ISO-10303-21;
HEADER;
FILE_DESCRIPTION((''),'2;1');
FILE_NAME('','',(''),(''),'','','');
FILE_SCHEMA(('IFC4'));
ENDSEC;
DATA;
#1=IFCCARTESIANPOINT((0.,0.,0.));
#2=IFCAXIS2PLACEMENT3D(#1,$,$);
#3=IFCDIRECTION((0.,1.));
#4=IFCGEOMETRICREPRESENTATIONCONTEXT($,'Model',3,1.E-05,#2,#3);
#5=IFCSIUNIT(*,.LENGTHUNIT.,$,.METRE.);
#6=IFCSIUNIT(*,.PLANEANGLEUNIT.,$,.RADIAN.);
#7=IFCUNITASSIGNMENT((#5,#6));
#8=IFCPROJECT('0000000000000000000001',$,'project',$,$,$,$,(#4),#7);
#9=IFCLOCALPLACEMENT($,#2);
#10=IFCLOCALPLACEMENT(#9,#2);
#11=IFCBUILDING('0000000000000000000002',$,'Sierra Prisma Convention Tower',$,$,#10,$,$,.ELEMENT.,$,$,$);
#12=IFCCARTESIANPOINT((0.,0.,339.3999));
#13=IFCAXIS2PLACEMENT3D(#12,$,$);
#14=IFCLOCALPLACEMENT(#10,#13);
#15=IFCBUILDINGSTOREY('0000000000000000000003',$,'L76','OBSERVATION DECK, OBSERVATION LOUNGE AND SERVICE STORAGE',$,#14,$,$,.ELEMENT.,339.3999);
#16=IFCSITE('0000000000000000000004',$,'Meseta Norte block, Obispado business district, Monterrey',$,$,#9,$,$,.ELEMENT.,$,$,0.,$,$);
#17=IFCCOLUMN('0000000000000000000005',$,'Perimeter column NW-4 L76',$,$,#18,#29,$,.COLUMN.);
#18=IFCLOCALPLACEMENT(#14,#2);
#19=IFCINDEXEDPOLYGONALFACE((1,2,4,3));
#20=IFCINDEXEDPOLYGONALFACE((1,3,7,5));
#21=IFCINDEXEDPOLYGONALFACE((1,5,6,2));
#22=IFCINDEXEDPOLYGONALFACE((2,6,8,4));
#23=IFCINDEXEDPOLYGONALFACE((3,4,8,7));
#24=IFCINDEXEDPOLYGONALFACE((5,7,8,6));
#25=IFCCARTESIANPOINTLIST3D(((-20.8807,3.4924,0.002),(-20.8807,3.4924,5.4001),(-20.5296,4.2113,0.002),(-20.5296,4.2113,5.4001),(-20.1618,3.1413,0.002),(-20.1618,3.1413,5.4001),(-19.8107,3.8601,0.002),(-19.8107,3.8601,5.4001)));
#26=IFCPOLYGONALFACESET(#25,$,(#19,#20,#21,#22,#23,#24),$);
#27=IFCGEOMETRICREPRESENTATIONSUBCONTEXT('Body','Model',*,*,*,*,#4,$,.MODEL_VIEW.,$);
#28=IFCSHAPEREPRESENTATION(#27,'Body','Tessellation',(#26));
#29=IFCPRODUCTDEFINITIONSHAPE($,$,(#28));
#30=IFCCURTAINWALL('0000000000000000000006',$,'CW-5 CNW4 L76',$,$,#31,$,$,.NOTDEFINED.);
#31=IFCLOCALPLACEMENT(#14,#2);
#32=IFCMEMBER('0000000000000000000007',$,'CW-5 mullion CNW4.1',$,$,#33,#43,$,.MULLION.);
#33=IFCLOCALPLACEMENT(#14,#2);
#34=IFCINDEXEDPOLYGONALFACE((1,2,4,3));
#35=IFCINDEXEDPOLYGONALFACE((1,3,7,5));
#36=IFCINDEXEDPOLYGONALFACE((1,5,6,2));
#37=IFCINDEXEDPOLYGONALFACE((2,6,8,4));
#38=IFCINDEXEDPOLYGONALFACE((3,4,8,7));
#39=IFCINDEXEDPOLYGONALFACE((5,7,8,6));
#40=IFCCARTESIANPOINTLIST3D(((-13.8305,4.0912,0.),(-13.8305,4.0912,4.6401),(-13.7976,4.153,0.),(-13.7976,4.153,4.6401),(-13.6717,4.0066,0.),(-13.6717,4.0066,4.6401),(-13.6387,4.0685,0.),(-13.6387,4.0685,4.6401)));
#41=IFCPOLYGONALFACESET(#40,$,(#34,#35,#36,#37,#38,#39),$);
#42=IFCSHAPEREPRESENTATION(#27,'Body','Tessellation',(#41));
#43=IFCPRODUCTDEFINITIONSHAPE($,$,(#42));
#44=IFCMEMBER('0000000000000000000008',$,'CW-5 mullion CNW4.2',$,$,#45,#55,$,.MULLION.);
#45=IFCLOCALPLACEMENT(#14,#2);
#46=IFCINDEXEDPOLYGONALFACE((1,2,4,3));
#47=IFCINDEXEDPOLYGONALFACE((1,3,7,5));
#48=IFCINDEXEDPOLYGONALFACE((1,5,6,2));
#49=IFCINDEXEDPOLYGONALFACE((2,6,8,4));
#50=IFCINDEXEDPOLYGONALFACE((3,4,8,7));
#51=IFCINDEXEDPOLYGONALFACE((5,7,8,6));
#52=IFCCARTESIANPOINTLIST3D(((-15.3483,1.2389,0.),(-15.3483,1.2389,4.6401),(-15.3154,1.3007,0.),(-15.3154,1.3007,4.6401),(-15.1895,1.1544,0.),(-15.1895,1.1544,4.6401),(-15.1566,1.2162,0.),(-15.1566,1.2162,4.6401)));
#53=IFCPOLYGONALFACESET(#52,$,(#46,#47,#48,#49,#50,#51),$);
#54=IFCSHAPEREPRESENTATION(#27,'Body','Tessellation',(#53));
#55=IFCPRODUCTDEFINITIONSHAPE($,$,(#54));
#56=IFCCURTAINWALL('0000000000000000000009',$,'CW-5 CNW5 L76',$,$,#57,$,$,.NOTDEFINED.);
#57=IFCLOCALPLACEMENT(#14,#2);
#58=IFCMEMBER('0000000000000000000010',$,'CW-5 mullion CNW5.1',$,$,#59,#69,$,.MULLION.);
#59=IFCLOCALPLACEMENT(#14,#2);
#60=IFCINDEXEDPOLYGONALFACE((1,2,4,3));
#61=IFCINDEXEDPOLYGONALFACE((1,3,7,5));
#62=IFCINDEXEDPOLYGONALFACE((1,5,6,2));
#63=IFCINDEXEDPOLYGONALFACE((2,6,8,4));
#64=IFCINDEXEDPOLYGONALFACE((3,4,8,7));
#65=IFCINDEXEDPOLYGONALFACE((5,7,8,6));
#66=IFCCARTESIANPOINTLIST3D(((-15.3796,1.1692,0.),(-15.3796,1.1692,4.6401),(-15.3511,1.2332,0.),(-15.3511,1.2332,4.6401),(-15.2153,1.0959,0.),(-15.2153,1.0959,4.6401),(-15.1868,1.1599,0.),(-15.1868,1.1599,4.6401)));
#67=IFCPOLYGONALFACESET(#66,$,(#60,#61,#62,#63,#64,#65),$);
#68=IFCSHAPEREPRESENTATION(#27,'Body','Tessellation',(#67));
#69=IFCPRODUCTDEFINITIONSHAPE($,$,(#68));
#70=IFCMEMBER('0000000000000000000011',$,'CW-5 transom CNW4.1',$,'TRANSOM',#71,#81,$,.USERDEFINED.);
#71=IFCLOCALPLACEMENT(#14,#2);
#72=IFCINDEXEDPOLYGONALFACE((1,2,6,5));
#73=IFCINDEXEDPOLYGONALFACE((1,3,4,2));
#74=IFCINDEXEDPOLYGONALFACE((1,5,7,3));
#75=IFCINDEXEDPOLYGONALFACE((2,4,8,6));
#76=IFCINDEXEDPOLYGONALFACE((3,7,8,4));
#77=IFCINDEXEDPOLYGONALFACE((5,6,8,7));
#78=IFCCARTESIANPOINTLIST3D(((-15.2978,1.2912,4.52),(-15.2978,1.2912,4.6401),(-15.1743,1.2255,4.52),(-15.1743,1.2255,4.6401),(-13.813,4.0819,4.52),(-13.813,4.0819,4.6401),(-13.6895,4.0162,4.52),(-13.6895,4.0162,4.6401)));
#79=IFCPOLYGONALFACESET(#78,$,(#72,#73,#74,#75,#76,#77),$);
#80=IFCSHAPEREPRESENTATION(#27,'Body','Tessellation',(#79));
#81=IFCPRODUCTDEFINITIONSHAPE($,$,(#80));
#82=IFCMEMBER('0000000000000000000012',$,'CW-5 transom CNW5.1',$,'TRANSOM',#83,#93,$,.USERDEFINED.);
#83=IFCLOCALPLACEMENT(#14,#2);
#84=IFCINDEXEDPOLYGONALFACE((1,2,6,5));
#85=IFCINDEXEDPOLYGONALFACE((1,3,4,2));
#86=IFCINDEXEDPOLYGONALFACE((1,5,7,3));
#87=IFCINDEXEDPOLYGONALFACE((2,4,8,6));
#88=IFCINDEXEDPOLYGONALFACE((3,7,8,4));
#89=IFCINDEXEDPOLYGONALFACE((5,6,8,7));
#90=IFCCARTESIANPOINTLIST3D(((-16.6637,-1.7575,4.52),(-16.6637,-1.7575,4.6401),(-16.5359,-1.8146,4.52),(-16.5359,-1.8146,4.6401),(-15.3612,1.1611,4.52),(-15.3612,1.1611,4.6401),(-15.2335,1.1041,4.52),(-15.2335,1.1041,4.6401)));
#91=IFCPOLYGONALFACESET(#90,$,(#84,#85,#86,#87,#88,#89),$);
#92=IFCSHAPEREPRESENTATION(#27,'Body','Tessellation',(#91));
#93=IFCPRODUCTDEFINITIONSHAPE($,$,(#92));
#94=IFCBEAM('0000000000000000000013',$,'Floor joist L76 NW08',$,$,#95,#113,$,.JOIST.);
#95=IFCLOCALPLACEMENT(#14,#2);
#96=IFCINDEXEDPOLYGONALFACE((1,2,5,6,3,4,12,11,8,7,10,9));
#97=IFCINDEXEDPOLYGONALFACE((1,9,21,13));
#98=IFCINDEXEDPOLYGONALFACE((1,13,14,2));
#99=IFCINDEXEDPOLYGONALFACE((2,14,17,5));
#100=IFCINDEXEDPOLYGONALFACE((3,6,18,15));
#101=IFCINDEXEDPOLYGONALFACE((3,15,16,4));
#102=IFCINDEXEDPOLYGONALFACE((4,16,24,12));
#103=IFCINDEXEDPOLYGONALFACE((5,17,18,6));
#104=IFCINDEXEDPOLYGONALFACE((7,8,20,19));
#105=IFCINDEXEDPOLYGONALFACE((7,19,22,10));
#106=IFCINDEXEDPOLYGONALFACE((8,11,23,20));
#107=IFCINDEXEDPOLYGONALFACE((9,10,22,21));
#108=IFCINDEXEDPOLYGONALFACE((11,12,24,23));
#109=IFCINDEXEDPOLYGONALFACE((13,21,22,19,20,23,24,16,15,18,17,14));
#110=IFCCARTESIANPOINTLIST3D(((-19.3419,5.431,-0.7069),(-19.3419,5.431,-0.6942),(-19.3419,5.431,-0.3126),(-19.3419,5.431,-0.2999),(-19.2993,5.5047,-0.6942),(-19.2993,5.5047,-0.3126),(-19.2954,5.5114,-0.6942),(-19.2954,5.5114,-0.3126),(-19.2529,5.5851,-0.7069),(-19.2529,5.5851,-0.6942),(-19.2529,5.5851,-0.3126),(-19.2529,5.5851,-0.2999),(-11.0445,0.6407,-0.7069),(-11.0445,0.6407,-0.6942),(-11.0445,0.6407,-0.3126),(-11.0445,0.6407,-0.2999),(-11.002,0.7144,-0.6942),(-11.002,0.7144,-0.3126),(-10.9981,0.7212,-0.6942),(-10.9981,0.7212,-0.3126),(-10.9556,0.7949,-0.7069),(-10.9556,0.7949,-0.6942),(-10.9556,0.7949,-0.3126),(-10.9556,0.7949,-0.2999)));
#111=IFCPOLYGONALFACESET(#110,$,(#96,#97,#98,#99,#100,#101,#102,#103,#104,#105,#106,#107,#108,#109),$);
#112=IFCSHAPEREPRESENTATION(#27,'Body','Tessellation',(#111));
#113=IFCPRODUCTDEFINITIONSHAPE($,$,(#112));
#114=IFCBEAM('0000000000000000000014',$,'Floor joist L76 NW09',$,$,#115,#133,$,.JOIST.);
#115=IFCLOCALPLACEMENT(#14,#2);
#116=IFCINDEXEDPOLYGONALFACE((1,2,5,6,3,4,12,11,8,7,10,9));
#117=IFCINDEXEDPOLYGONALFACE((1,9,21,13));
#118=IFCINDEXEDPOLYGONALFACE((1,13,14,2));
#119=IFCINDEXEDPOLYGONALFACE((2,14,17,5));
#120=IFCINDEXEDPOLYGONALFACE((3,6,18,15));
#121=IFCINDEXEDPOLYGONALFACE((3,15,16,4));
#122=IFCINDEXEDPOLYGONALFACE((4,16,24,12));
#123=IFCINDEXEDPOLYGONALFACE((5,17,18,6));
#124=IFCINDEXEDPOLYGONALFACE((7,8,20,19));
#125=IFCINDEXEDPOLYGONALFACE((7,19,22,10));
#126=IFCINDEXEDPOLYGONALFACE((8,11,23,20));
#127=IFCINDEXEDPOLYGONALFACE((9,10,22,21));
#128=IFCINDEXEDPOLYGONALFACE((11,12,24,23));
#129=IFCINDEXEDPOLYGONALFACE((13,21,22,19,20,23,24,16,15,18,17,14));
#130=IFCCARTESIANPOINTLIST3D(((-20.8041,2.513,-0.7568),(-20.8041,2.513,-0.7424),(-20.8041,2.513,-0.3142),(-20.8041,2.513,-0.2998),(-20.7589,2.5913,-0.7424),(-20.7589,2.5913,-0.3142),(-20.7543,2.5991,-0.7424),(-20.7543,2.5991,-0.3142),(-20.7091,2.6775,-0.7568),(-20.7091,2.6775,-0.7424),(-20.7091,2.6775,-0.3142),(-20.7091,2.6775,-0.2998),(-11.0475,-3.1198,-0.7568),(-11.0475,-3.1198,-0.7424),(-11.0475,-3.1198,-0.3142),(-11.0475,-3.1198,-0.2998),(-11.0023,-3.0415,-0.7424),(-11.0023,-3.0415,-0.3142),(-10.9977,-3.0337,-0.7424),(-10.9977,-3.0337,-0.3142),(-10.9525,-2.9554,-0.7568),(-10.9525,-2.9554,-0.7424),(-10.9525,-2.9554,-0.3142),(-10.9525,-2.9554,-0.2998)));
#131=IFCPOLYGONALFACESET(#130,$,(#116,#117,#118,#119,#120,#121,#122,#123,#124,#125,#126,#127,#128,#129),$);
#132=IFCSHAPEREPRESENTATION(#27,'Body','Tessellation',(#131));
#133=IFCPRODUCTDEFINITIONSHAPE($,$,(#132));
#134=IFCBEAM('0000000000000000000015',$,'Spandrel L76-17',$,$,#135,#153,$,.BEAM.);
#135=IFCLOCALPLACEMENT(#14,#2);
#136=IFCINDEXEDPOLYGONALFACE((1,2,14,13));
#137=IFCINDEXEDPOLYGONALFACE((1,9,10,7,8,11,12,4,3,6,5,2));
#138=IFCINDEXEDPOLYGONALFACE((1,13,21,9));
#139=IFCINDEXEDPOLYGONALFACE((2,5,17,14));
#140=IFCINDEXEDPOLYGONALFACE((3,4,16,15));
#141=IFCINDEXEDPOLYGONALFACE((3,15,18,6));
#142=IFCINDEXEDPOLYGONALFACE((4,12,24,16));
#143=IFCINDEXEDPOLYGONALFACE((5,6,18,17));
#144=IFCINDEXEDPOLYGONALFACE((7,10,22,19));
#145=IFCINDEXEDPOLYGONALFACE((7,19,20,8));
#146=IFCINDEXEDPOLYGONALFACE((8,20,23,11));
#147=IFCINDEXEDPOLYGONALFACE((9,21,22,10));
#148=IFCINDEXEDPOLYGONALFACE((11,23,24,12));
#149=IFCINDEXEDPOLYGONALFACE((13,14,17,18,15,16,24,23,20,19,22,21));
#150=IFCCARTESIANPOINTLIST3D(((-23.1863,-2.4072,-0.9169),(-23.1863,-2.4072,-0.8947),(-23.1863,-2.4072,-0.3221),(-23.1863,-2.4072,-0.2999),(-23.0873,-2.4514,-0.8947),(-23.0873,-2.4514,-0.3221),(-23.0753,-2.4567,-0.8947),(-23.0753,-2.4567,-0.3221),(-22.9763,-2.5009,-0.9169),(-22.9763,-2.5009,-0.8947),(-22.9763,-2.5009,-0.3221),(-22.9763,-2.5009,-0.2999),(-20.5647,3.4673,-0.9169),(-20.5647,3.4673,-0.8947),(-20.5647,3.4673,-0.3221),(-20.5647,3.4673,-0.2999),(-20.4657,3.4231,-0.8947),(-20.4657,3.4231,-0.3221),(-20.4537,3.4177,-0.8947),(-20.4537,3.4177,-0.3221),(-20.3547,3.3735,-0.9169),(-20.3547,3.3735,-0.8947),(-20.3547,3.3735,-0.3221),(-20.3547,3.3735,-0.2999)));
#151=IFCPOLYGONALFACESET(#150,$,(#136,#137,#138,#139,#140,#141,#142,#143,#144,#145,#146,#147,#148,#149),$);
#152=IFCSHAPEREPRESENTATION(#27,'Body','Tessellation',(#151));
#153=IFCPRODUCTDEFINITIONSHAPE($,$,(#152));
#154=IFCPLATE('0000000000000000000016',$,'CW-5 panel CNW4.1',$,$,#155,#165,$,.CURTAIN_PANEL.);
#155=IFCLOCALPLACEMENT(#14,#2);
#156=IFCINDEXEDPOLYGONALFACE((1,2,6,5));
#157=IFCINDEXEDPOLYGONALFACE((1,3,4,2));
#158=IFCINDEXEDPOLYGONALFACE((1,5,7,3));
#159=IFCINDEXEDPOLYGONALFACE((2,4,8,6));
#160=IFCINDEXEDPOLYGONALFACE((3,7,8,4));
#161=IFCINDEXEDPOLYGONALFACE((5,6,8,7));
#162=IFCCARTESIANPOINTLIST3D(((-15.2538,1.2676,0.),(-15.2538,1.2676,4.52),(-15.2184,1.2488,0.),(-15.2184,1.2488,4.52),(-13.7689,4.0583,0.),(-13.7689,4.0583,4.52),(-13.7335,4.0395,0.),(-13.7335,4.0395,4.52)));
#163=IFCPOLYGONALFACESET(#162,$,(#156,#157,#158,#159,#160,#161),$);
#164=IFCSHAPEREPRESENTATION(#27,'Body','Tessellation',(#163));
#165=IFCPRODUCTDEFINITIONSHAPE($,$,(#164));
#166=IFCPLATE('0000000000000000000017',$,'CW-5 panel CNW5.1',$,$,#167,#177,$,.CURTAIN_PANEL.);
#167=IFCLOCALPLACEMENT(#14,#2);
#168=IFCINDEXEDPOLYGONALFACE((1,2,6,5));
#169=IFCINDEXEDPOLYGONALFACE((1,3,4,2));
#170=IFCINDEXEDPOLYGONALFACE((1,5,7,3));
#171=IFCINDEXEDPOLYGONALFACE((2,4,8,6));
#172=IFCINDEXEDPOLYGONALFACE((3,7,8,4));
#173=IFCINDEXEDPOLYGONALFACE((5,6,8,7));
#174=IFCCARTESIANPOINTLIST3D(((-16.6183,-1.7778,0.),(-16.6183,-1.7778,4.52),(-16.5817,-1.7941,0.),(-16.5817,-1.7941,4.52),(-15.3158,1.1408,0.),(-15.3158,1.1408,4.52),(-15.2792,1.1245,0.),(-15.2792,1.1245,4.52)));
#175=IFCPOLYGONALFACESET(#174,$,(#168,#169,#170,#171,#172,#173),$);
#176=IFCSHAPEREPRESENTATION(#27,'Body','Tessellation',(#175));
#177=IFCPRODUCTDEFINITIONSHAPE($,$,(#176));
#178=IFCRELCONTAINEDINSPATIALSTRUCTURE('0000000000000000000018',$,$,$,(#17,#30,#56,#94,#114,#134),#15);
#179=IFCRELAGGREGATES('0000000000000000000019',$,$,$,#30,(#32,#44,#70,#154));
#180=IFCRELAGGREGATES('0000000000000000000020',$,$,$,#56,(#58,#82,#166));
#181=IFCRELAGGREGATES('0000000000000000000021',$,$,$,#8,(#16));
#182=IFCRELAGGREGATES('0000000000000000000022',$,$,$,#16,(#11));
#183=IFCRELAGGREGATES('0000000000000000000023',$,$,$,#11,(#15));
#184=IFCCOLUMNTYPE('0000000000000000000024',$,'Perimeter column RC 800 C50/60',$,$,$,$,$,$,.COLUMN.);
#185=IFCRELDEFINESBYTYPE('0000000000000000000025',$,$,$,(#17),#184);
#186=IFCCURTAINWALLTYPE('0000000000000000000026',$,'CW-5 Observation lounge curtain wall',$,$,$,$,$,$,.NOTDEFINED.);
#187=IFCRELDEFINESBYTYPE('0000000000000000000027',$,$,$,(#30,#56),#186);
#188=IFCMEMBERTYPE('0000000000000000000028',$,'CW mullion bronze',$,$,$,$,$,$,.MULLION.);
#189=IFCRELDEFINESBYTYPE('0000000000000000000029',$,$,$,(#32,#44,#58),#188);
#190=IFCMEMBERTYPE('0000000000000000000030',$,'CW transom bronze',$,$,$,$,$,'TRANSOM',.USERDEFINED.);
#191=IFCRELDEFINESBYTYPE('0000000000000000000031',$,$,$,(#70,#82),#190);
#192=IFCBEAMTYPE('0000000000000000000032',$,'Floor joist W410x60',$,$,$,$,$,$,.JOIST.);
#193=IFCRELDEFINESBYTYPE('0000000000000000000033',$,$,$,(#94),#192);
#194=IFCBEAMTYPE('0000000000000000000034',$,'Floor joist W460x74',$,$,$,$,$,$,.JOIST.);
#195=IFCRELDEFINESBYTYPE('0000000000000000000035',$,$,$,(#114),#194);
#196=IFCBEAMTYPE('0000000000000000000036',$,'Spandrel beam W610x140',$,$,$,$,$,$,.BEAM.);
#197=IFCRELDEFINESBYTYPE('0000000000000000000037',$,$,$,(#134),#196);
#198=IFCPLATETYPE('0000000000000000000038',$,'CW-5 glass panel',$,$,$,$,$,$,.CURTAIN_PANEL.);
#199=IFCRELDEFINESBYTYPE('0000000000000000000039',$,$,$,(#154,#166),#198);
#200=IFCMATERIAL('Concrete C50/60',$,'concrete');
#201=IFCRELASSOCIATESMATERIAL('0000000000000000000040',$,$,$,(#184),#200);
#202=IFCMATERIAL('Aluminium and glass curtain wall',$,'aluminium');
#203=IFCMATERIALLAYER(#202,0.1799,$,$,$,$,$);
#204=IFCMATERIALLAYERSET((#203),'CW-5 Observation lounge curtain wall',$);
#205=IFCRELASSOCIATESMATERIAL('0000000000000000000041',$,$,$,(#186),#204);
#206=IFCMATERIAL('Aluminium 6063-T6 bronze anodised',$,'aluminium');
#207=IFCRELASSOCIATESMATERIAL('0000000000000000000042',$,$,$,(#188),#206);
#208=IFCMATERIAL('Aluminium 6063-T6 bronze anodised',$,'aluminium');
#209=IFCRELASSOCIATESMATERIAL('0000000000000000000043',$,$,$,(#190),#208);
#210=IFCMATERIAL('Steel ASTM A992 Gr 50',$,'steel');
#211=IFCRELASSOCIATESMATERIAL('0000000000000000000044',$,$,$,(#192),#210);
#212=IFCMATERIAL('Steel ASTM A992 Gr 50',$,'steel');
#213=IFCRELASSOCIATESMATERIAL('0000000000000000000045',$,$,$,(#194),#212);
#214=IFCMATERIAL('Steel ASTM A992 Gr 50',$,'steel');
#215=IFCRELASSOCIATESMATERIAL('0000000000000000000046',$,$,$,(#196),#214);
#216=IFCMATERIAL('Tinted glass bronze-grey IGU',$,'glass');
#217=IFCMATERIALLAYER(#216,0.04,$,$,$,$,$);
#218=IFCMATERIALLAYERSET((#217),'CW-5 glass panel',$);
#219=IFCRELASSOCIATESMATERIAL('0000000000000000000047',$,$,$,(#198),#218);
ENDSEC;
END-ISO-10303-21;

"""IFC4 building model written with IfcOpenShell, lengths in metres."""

from ifc_helpers import new_model, si_unit, direction, frame, origin, origin_2d, place, context, subcontext, project, spatial, rectangle, i_section, extrude, clip, halfspace, material, layer, layer_set, material_profile, profile_set, type_object, element, aggregate, save


model = new_model("IFC4")

# Units and contexts
model_context = context("Model", 3, precision=1e-05, world=origin(), true_north=direction((0.0, 1.0)))
body_context = subcontext(model_context, "Body", "Model", "MODEL_VIEW")
ifc_project = project(units=[si_unit("LENGTHUNIT", "METRE"), si_unit("PLANEANGLEUNIT", "RADIAN")], contexts=[model_context])

# Site, building, storey
site_placement = place(None, origin())
site = spatial("IfcSite", under=ifc_project, at=site_placement, Name="Meseta Norte block, Obispado business district, Monterrey", CompositionType="ELEMENT", RefElevation=0.0)
building_placement = place(site_placement, origin())
building = spatial("IfcBuilding", under=site, at=building_placement, Name="Sierra Prisma Convention Tower", CompositionType="ELEMENT")
storey_placement = place(building_placement, frame((0.0, 0.0, 339.3999)))
storey = spatial("IfcBuildingStorey", under=building, at=storey_placement, Name="L76", Description="OBSERVATION DECK, OBSERVATION LOUNGE AND SERVICE STORAGE", CompositionType="ELEMENT", Elevation=339.3999)

# Column
ifc_material_1 = material(Name="Concrete C50/60", Category="concrete")
ifc_material_profile_1 = material_profile(ifc_material_1, rectangle(XDim=0.8, YDim=0.8, at=origin_2d()), Name="Perimeter column RC 800 C50/60")
ifc_profile_set_1 = profile_set([ifc_material_profile_1], Name="Concrete C50/60")
column_type = type_object("IfcColumnType", Name="Perimeter column RC 800 C50/60", PredefinedType="COLUMN", material=ifc_profile_set_1)
column_placement = place(storey_placement, frame((-20.3457, 3.6763, 0.0), z_axis=(0.0, 0.0, 1.0), x_axis=(0.438895, 0.898538, 0.0)))
element("IfcColumn", 1, at=column_placement, inside=storey, type_object=column_type, Name="Perimeter column NW-4 L76", PredefinedType="COLUMN", context=body_context, shape_type="SweptSolid", body=[
    clip(extrude(rectangle(XDim=0.8, YDim=0.8, at=origin_2d()), origin(), (0.0, 0.0, 1.0), 5.4001), halfspace(frame((0.0, 0.0, 0.002)), True)),
])

# Curtain wall, members
ifc_material_2 = material(Name="Aluminium and glass curtain wall", Category="aluminium")
ifc_layer_1 = layer(ifc_material_2, 0.1799)
ifc_layer_set_1 = layer_set([ifc_layer_1], Name="CW-5 Observation lounge curtain wall")
curtain_wall_type = type_object("IfcCurtainWallType", Name="CW-5 Observation lounge curtain wall", PredefinedType="NOTDEFINED", material=ifc_layer_set_1)
curtain_wall_1_placement = place(storey_placement, origin())
curtain_wall_1 = element("IfcCurtainWall", 2, at=curtain_wall_1_placement, inside=storey, type_object=curtain_wall_type, Name="CW-5 CNW4 L76", PredefinedType="NOTDEFINED")
ifc_material_3 = material(Name="Aluminium 6063-T6 bronze anodised", Category="aluminium")
ifc_material_profile_2 = material_profile(ifc_material_3, rectangle(XDim=0.1799, YDim=0.0701, at=origin_2d()), Name="ALU MULLION 70x180")
ifc_profile_set_2 = profile_set([ifc_material_profile_2], Name="Aluminium 6063-T6 bronze anodised")
member_type_1 = type_object("IfcMemberType", Name="CW mullion bronze", PredefinedType="MULLION", material=ifc_profile_set_2)
member_1_placement = place(storey_placement, frame((-13.7346, 4.0798, 0.0), z_axis=(0.0, 0.0, 1.0), x_axis=(0.882811, -0.469729, 0.0)))
member_1 = element("IfcMember", 3, at=member_1_placement, type_object=member_type_1, Name="CW-5 mullion CNW4.1", PredefinedType="MULLION", context=body_context, shape_type="SweptSolid", body=[
    extrude(rectangle(XDim=0.1799, YDim=0.0701, at=origin_2d()), origin(), (0.0, 0.0, 1.0), 4.6401),
])
member_2_placement = place(storey_placement, frame((-15.2524, 1.2275, 0.0), z_axis=(0.0, 0.0, 1.0), x_axis=(0.882811, -0.469729, 0.0)))
member_2 = element("IfcMember", 4, at=member_2_placement, type_object=member_type_1, Name="CW-5 mullion CNW4.2", PredefinedType="MULLION", context=body_context, shape_type="SweptSolid", body=[
    extrude(rectangle(XDim=0.1799, YDim=0.0701, at=origin_2d()), origin(), (0.0, 0.0, 1.0), 4.6401),
])

# Curtain wall, member
curtain_wall_2_placement = place(storey_placement, origin())
curtain_wall_2 = element("IfcCurtainWall", 5, at=curtain_wall_2_placement, inside=storey, type_object=curtain_wall_type, Name="CW-5 CNW5 L76", PredefinedType="NOTDEFINED")
member_3_placement = place(storey_placement, frame((-15.2832, 1.1646, 0.0), z_axis=(0.0, 0.0, 1.0), x_axis=(0.91319, -0.407534, 0.0)))
member_3 = element("IfcMember", 6, at=member_3_placement, type_object=member_type_1, Name="CW-5 mullion CNW5.1", PredefinedType="MULLION", context=body_context, shape_type="SweptSolid", body=[
    extrude(rectangle(XDim=0.1799, YDim=0.0701, at=origin_2d()), origin(), (0.0, 0.0, 1.0), 4.6401),
])

# Members
ifc_material_4 = material(Name="Aluminium 6063-T6 bronze anodised", Category="aluminium")
ifc_material_profile_3 = material_profile(ifc_material_4, rectangle(XDim=0.1399, YDim=0.1201, at=origin_2d()), Name="ALU TRANSOM 120x140")
ifc_profile_set_3 = profile_set([ifc_material_profile_3], Name="Aluminium 6063-T6 bronze anodised")
member_type_2 = type_object("IfcMemberType", Name="CW transom bronze", ElementType="TRANSOM", PredefinedType="USERDEFINED", material=ifc_profile_set_3)
member_4_placement = place(storey_placement, frame((-13.7512, 4.0491, 4.5801), z_axis=(-0.469714, -0.882819, 0.0), x_axis=(0.882819, -0.469714, 0.0)))
member_4 = element("IfcMember", 7, at=member_4_placement, type_object=member_type_2, Name="CW-5 transom CNW4.1", ObjectType="TRANSOM", PredefinedType="USERDEFINED", context=body_context, shape_type="SweptSolid", body=[
    extrude(rectangle(XDim=0.1399, YDim=0.1201, at=origin_2d()), origin(), (0.0, 0.0, 1.0), 3.1611),
])
member_5_placement = place(storey_placement, frame((-15.2974, 1.1326, 4.5801), z_axis=(-0.40752, -0.913196, 0.0), x_axis=(0.913196, -0.40752, 0.0)))
member_5 = element("IfcMember", 8, at=member_5_placement, type_object=member_type_2, Name="CW-5 transom CNW5.1", ObjectType="TRANSOM", PredefinedType="USERDEFINED", context=body_context, shape_type="SweptSolid", body=[
    extrude(rectangle(XDim=0.1399, YDim=0.1201, at=origin_2d()), origin(), (0.0, 0.0, 1.0), 3.196),
])

# Beams
ifc_material_5 = material(Name="Steel ASTM A992 Gr 50", Category="steel")
ifc_material_profile_4 = material_profile(ifc_material_5, i_section(OverallWidth=0.178, OverallDepth=0.407, WebThickness=0.0078, FlangeThickness=0.0127, at=origin_2d()), Name="W410x60")
ifc_profile_set_4 = profile_set([ifc_material_profile_4], Name="Steel ASTM A992 Gr 50")
beam_type_1 = type_object("IfcBeamType", Name="Floor joist W410x60", PredefinedType="JOIST", material=ifc_profile_set_4)
beam_1_placement = place(storey_placement, frame((-19.2974, 5.5081, -0.5034), z_axis=(0.866035, -0.499984, 0.0), x_axis=(0.499984, 0.866035, 0.0)))
element("IfcBeam", 9, at=beam_1_placement, inside=storey, type_object=beam_type_1, Name="Floor joist L76 NW08", PredefinedType="JOIST", context=body_context, shape_type="SweptSolid", body=[
    extrude(i_section(OverallWidth=0.178, OverallDepth=0.407, WebThickness=0.0078, FlangeThickness=0.0127, at=origin_2d()), origin(), (0.0, 0.0, 1.0), 9.5808),
])
ifc_material_6 = material(Name="Steel ASTM A992 Gr 50", Category="steel")
ifc_material_profile_5 = material_profile(ifc_material_6, i_section(OverallWidth=0.1899, OverallDepth=0.457, WebThickness=0.009, FlangeThickness=0.0144, at=origin_2d()), Name="W460x74")
ifc_profile_set_5 = profile_set([ifc_material_profile_5], Name="Steel ASTM A992 Gr 50")
beam_type_2 = type_object("IfcBeamType", Name="Floor joist W460x74", PredefinedType="JOIST", material=ifc_profile_set_5)
beam_2_placement = place(storey_placement, frame((-20.7566, 2.5952, -0.5283), z_axis=(0.866031, -0.499989, 0.0), x_axis=(0.499989, 0.866031, 0.0)))
element("IfcBeam", 10, at=beam_2_placement, inside=storey, type_object=beam_type_2, Name="Floor joist L76 NW09", PredefinedType="JOIST", context=body_context, shape_type="SweptSolid", body=[
    extrude(i_section(OverallWidth=0.1899, OverallDepth=0.457, WebThickness=0.009, FlangeThickness=0.0144, at=origin_2d()), origin(), (0.0, 0.0, 1.0), 11.2659),
])
ifc_material_7 = material(Name="Steel ASTM A992 Gr 50", Category="steel")
ifc_material_profile_6 = material_profile(ifc_material_7, i_section(OverallWidth=0.23, OverallDepth=0.6169, WebThickness=0.0132, FlangeThickness=0.0222, at=origin_2d()), Name="W610x140")
ifc_profile_set_6 = profile_set([ifc_material_profile_6], Name="Steel ASTM A992 Gr 50")
beam_type_3 = type_object("IfcBeamType", Name="Spandrel beam W610x140", PredefinedType="BEAM", material=ifc_profile_set_6)
beam_3_placement = place(storey_placement, frame((-20.4597, 3.4204, -0.6084), z_axis=(-0.407525, -0.913194, 0.0), x_axis=(0.913194, -0.407525, 0.0)))
element("IfcBeam", 11, at=beam_3_placement, inside=storey, type_object=beam_type_3, Name="Spandrel L76-17", PredefinedType="BEAM", context=body_context, shape_type="SweptSolid", body=[
    extrude(i_section(OverallWidth=0.23, OverallDepth=0.6169, WebThickness=0.0132, FlangeThickness=0.0222, at=origin_2d()), origin(), (0.0, 0.0, 1.0), 6.4329),
])

# Plates
ifc_material_8 = material(Name="Tinted glass bronze-grey IGU", Category="glass")
ifc_layer_2 = layer(ifc_material_8, 0.04)
ifc_layer_set_2 = layer_set([ifc_layer_2], Name="CW-5 glass panel")
plate_type = type_object("IfcPlateType", Name="CW-5 glass panel", PredefinedType="CURTAIN_PANEL", material=ifc_layer_set_2)
plate_1_placement = place(storey_placement, frame((-14.4937, 2.6536, 0.0), z_axis=(0.0, 0.0, 1.0), x_axis=(-0.469729, -0.882811, 0.0)))
plate_1 = element("IfcPlate", 12, at=plate_1_placement, type_object=plate_type, Name="CW-5 panel CNW4.1", PredefinedType="CURTAIN_PANEL", context=body_context, shape_type="SweptSolid", body=[
    extrude(rectangle(XDim=3.1611, YDim=0.04, at=origin_2d()), origin(), (0.0, 0.0, 1.0), 4.52),
])
aggregate(curtain_wall_1, [member_1, member_2, member_4, plate_1])
plate_2_placement = place(storey_placement, frame((-15.9487, -0.3267, 0.0), z_axis=(0.0, 0.0, 1.0), x_axis=(-0.407534, -0.91319, 0.0)))
plate_2 = element("IfcPlate", 13, at=plate_2_placement, type_object=plate_type, Name="CW-5 panel CNW5.1", PredefinedType="CURTAIN_PANEL", context=body_context, shape_type="SweptSolid", body=[
    extrude(rectangle(XDim=3.196, YDim=0.04, at=origin_2d()), origin(), (0.0, 0.0, 1.0), 4.52),
])
aggregate(curtain_wall_2, [member_3, member_5, plate_2])

save(model, "model.ifc")
